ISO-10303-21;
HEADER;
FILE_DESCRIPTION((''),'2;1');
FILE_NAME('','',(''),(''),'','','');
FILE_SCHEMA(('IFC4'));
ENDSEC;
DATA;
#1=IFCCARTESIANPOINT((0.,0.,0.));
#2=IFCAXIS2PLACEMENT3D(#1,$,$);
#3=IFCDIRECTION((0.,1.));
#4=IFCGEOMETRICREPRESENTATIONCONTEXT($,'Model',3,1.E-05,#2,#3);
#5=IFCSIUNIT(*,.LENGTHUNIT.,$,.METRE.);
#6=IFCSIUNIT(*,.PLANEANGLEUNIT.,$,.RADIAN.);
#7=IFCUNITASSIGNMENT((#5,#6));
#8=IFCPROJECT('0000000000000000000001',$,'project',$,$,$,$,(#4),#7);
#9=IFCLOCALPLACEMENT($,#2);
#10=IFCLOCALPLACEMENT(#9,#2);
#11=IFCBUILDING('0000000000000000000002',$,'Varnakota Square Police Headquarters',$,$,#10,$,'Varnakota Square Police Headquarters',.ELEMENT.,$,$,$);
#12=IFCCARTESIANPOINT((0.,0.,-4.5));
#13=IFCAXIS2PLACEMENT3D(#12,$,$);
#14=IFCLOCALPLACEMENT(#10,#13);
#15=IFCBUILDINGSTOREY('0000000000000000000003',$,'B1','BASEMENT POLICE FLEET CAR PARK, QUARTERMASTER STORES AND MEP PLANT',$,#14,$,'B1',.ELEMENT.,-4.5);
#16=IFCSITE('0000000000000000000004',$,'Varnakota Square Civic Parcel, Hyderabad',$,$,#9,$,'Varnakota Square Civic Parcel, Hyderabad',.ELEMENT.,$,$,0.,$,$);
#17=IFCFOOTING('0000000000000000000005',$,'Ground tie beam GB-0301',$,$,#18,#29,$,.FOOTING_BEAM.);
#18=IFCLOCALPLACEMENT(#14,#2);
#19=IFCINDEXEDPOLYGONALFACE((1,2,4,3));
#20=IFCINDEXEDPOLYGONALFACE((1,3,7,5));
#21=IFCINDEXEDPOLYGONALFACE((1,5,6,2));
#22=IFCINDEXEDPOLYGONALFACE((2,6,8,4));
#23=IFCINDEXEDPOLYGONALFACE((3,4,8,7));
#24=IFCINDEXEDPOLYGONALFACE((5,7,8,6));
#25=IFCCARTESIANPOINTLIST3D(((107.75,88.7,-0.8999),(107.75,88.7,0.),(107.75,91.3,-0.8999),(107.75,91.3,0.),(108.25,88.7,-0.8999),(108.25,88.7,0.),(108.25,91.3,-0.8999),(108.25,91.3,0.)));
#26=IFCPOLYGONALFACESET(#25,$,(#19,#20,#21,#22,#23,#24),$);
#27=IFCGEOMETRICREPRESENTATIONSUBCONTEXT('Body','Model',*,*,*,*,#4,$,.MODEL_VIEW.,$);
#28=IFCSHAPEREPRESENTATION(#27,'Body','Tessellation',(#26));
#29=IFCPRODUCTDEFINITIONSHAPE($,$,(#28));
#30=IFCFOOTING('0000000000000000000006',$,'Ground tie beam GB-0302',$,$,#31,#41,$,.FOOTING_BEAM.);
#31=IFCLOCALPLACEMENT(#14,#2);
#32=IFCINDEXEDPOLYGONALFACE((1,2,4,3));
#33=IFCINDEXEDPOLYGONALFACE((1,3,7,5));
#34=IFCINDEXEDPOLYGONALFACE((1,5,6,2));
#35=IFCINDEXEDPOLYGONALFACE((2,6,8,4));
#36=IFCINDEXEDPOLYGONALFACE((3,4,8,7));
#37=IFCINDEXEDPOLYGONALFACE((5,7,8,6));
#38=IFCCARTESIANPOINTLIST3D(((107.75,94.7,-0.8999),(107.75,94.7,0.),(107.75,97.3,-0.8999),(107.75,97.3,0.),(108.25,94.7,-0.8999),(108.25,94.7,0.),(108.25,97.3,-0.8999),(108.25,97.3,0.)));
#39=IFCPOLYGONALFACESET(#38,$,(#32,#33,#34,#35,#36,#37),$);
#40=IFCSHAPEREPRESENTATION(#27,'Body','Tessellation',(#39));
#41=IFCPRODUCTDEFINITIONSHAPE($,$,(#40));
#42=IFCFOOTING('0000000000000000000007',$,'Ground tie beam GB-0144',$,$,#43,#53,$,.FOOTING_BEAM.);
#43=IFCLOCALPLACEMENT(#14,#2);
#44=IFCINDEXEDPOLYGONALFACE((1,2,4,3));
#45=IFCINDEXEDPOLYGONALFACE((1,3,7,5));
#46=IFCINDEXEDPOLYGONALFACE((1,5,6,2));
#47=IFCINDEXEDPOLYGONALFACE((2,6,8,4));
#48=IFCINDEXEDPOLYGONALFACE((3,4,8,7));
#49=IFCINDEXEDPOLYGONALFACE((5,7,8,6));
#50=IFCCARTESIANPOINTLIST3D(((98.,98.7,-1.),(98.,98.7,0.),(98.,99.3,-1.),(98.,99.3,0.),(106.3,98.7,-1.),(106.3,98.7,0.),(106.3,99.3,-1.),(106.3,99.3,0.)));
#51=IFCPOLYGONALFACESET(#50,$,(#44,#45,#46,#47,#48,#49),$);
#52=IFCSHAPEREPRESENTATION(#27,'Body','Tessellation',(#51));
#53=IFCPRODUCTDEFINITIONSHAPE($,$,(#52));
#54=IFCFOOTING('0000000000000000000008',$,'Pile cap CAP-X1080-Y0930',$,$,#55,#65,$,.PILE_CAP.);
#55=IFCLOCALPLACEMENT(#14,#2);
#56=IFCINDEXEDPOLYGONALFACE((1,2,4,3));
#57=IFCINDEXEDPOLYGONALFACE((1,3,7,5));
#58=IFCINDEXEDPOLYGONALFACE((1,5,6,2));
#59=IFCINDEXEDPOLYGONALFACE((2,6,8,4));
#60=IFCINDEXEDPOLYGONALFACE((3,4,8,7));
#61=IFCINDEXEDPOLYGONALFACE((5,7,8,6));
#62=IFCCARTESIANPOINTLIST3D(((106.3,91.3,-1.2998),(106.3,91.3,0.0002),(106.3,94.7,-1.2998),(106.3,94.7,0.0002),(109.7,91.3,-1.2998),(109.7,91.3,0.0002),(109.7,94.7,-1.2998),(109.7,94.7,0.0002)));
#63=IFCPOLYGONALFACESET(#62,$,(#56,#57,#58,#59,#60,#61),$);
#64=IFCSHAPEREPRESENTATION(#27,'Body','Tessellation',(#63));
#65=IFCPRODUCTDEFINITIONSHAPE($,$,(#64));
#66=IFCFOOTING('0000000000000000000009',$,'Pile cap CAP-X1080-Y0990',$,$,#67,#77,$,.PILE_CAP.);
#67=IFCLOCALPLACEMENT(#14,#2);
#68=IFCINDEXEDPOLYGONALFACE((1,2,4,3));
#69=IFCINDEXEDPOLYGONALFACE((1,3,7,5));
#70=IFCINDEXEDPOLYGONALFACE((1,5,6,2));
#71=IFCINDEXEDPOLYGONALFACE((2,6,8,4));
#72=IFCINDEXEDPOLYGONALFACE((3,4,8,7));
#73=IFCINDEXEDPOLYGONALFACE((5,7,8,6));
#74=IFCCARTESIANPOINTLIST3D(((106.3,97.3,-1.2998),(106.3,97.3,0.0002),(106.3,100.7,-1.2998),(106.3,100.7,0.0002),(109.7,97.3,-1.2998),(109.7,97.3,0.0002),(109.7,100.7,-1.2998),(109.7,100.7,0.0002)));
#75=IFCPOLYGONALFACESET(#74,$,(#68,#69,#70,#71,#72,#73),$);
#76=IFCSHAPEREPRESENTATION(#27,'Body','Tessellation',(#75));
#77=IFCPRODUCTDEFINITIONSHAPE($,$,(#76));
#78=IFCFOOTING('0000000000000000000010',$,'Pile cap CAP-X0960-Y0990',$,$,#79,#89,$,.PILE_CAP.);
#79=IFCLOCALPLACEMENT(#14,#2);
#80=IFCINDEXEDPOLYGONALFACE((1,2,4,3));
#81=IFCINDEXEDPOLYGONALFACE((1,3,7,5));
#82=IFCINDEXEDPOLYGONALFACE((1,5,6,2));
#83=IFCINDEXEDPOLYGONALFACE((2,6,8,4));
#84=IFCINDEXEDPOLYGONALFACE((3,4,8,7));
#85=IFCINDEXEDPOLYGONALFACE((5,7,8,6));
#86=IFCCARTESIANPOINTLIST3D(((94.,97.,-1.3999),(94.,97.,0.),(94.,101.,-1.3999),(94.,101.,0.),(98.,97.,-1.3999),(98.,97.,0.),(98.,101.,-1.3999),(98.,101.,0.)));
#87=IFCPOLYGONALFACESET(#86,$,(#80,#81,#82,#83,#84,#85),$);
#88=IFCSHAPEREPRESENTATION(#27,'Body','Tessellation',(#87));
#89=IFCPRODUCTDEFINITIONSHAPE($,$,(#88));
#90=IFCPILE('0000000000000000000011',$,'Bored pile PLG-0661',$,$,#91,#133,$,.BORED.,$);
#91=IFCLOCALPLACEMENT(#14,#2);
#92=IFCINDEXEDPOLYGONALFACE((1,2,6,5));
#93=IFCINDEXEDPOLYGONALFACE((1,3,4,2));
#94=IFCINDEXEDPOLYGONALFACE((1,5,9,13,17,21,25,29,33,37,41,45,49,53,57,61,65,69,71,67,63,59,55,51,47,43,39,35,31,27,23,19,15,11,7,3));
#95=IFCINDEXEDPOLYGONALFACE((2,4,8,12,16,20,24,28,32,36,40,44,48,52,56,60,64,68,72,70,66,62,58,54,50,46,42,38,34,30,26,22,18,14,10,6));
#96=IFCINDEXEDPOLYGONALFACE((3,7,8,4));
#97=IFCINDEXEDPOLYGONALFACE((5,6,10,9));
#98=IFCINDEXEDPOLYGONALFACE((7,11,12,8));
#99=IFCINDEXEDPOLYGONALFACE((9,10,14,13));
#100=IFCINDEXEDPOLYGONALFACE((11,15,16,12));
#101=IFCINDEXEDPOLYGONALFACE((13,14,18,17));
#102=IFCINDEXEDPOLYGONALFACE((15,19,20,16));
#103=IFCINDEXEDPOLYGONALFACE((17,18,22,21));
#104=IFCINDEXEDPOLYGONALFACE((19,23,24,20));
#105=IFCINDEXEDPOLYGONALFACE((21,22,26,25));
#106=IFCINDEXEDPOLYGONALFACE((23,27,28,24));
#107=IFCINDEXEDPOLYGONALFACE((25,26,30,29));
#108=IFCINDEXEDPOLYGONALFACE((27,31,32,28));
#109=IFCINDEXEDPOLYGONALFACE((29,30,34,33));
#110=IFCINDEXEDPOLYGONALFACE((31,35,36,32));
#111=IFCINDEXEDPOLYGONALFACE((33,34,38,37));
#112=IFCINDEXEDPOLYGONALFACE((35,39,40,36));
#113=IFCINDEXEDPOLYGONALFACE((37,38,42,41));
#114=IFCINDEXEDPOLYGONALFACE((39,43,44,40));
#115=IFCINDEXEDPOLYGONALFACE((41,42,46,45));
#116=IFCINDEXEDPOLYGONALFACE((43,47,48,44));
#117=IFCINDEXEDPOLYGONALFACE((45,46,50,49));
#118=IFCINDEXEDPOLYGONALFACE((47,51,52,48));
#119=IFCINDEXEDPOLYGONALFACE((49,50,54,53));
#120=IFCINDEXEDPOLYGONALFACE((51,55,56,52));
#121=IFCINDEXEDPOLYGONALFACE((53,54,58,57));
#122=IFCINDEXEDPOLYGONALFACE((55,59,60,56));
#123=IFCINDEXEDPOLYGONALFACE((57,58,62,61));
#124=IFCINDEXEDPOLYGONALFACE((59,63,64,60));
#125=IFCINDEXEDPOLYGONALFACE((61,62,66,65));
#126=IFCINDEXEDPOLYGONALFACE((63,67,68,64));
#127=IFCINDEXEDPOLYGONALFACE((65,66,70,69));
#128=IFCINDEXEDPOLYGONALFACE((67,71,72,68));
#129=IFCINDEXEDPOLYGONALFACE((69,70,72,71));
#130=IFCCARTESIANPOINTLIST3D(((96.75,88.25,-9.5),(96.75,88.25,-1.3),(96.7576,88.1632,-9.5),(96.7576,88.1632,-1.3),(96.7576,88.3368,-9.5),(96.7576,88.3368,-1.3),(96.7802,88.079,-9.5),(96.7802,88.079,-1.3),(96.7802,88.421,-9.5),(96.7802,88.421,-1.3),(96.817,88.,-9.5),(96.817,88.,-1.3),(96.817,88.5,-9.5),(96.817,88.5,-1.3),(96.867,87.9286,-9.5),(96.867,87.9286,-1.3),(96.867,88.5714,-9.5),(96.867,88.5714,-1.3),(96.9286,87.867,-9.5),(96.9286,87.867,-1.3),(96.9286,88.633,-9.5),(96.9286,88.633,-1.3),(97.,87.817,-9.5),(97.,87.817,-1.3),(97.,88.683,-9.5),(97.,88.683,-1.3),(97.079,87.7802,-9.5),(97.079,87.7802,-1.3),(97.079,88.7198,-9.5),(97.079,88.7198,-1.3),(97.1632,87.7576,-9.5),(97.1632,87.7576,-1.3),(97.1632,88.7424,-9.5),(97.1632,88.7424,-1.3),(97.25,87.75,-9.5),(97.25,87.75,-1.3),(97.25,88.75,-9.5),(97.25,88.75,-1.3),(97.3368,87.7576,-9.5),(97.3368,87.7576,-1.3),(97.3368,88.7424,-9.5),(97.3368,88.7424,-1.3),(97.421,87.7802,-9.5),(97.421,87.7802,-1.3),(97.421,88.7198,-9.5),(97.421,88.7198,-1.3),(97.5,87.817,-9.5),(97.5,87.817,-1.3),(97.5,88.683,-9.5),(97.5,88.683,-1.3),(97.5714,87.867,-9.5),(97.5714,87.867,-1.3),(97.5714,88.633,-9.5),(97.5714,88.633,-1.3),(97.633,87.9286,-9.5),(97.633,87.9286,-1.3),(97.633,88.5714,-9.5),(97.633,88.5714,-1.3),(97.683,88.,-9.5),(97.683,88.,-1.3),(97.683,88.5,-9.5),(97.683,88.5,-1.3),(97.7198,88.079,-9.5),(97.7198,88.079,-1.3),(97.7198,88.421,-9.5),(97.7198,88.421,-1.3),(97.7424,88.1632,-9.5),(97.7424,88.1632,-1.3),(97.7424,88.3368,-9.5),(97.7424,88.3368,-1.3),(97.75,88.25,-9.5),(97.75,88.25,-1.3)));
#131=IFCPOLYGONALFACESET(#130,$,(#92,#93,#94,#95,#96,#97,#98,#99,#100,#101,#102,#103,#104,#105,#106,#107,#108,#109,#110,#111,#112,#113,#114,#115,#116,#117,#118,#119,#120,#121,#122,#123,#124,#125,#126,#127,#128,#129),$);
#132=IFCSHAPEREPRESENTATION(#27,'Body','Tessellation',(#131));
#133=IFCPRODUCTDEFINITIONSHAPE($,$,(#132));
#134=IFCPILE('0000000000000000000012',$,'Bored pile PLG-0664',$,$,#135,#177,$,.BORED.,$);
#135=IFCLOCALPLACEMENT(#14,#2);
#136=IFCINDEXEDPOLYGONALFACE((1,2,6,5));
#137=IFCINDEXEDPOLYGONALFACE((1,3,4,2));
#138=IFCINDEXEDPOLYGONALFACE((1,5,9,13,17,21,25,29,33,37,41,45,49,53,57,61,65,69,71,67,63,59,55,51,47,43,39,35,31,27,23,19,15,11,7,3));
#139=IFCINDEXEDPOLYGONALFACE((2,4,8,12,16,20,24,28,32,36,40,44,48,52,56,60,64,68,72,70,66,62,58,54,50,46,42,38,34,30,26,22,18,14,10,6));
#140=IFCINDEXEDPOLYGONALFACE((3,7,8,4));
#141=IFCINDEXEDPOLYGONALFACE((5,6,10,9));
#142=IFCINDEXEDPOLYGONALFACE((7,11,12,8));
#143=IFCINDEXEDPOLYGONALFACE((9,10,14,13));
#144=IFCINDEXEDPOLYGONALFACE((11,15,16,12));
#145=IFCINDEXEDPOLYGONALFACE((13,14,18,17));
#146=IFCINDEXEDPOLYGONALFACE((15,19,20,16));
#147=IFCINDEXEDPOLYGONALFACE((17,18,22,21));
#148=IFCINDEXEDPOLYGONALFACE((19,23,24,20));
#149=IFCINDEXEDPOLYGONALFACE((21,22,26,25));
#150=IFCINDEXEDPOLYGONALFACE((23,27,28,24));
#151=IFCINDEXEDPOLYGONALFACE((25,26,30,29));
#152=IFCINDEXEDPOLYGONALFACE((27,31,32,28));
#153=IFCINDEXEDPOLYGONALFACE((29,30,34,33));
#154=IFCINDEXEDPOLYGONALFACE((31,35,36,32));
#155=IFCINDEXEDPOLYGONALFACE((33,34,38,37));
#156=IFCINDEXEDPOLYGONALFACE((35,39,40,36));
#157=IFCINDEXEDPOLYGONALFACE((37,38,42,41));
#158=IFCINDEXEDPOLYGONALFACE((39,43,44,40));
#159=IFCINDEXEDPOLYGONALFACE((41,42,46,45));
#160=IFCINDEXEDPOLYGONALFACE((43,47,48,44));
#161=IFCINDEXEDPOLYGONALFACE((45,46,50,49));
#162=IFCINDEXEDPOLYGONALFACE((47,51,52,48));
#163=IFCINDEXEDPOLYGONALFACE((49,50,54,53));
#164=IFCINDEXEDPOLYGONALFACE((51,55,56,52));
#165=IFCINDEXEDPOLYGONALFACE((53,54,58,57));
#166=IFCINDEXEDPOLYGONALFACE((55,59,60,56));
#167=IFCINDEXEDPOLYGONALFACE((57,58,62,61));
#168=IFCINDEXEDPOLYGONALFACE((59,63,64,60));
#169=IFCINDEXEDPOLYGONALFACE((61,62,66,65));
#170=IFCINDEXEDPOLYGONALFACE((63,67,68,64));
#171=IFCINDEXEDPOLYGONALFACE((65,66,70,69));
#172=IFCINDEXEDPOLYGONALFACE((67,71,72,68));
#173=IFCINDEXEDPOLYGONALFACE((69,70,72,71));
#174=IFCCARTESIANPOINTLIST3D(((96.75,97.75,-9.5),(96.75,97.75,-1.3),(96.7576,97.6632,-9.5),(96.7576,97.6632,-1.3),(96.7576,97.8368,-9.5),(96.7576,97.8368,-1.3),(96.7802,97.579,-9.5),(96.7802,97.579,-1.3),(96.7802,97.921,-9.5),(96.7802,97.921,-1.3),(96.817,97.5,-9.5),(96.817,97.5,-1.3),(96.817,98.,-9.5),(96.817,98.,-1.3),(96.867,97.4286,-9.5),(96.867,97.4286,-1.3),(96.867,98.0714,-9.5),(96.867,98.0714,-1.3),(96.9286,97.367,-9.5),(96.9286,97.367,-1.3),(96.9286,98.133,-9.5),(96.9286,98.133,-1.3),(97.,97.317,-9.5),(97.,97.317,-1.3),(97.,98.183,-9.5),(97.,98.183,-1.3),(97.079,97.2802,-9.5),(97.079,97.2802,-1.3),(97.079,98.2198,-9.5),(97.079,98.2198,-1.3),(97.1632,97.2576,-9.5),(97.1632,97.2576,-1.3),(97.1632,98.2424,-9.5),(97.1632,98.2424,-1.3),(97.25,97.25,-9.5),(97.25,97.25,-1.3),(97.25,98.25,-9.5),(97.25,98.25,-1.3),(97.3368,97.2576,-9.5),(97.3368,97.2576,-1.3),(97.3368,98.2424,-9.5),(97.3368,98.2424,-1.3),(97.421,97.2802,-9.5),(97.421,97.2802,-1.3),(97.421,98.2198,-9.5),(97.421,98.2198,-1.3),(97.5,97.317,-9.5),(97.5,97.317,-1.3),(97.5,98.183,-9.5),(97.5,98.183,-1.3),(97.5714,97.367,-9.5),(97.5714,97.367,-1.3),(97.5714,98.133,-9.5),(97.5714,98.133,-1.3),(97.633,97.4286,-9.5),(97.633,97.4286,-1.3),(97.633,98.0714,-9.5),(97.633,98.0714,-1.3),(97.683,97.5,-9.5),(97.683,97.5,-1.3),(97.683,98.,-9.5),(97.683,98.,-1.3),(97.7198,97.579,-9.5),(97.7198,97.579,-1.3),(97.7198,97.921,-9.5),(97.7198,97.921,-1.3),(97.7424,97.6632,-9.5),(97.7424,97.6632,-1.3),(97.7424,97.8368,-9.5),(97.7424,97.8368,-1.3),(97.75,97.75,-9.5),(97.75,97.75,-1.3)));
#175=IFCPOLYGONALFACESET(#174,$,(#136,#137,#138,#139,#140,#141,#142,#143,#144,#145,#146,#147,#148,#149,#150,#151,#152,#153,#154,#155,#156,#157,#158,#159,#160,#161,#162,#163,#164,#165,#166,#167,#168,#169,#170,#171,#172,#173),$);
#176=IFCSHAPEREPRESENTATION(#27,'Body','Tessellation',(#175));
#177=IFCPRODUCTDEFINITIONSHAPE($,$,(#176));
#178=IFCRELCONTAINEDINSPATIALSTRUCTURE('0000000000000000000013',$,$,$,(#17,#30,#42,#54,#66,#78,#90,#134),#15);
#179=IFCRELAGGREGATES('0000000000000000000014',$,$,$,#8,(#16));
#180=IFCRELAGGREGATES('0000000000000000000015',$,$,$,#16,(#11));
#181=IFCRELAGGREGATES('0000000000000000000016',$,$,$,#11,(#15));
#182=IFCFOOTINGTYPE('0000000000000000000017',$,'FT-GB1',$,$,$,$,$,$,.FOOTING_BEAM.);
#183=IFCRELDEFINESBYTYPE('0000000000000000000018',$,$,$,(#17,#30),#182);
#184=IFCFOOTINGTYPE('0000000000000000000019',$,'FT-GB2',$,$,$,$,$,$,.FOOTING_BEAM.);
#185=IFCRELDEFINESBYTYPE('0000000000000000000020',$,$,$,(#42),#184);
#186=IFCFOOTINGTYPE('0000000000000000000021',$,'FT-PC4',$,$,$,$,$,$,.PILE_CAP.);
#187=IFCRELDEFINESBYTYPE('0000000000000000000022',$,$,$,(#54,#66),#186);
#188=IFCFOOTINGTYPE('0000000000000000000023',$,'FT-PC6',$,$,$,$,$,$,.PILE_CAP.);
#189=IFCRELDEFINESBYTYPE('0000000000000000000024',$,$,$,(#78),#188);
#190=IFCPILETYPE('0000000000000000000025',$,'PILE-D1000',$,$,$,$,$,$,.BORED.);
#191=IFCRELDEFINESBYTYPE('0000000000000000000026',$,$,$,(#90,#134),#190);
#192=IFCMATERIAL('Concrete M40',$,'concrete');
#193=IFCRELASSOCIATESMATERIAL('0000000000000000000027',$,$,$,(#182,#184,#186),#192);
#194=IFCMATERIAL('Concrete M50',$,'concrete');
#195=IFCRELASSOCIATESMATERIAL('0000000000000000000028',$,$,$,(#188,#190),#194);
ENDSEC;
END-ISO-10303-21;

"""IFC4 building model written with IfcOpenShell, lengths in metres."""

from ifc_helpers import new_model, si_unit, direction, frame, origin, origin_2d, place, context, subcontext, project, spatial, rectangle, circle, extrude, material, material_profile, profile_set, type_object, element, save


model = new_model("IFC4")

# Units and contexts
model_context = context("Model", 3, precision=1e-05, world=origin(), true_north=direction((0.0, 1.0)))
body_context = subcontext(model_context, "Body", "Model", "MODEL_VIEW")
ifc_project = project(units=[si_unit("LENGTHUNIT", "METRE"), si_unit("PLANEANGLEUNIT", "RADIAN")], contexts=[model_context])

# Site, building, storey
site_placement = place(None, origin())
site = spatial("IfcSite", under=ifc_project, at=site_placement, Name="Varnakota Square Civic Parcel, Hyderabad", LongName="Varnakota Square Civic Parcel, Hyderabad", CompositionType="ELEMENT", RefElevation=0.0)
building_placement = place(site_placement, origin())
building = spatial("IfcBuilding", under=site, at=building_placement, Name="Varnakota Square Police Headquarters", LongName="Varnakota Square Police Headquarters", CompositionType="ELEMENT")
storey_placement = place(building_placement, frame((0.0, 0.0, -4.5)))
storey = spatial("IfcBuildingStorey", under=building, at=storey_placement, Name="B1", Description="BASEMENT POLICE FLEET CAR PARK, QUARTERMASTER STORES AND MEP PLANT", LongName="B1", CompositionType="ELEMENT", Elevation=-4.5)

# Footings
ifc_material_1 = material(Name="Concrete M40", Category="concrete")
ifc_material_profile_1 = material_profile(ifc_material_1, rectangle(XDim=0.5, YDim=0.8999, at=origin_2d()), Name="GB 500x900")
ifc_profile_set_1 = profile_set([ifc_material_profile_1], Name="Concrete M40")
footing_type_1 = type_object("IfcFootingType", Name="FT-GB1", PredefinedType="FOOTING_BEAM", material=ifc_profile_set_1)
for number, where, z_axis, x_axis, name in (
    (1, (108.0, 88.7, -0.45), (0.0, 1.0, 0.0), (-1.0, 0.0, 0.0), "Ground tie beam GB-0301"),
    (2, (108.0, 94.7, -0.45), (0.0, 1.0, 0.0), (-1.0, 0.0, 0.0), "Ground tie beam GB-0302"),
):
    element("IfcFooting", number, at=place(storey_placement, frame(where, z_axis=z_axis, x_axis=x_axis)), inside=storey, type_object=footing_type_1, Name=name, PredefinedType="FOOTING_BEAM", context=body_context, shape_type="SweptSolid", body=[
        extrude(rectangle(XDim=0.5, YDim=0.8999, at=origin_2d()), origin(), (0.0, 0.0, 1.0), 2.6001),
    ])
ifc_material_profile_2 = material_profile(ifc_material_1, rectangle(XDim=0.6001, YDim=1.0, at=origin_2d()), Name="GB 600x1000")
ifc_profile_set_2 = profile_set([ifc_material_profile_2], Name="Concrete M40")
footing_type_2 = type_object("IfcFootingType", Name="FT-GB2", PredefinedType="FOOTING_BEAM", material=ifc_profile_set_2)
footing_1_placement = place(storey_placement, frame((98.0, 99.0, -0.5), z_axis=(1.0, 0.0, 0.0), x_axis=(0.0, 1.0, 0.0)))
element("IfcFooting", 3, at=footing_1_placement, inside=storey, type_object=footing_type_2, Name="Ground tie beam GB-0144", PredefinedType="FOOTING_BEAM", context=body_context, shape_type="SweptSolid", body=[
    extrude(rectangle(XDim=0.6001, YDim=1.0, at=origin_2d()), origin(), (0.0, 0.0, 1.0), 8.3),
])
footing_type_3 = type_object("IfcFootingType", Name="FT-PC4", PredefinedType="PILE_CAP", material=ifc_material_1)
for number, where, z_axis, x_axis, name in (
    (4, (108.0, 93.0, -1.2998), (0.0, 0.0, 1.0), (1.0, 0.0, 0.0), "Pile cap CAP-X1080-Y0930"),
    (5, (108.0, 99.0, -1.2998), (0.0, 0.0, 1.0), (1.0, 0.0, 0.0), "Pile cap CAP-X1080-Y0990"),
):
    element("IfcFooting", number, at=place(storey_placement, frame(where, z_axis=z_axis, x_axis=x_axis)), inside=storey, type_object=footing_type_3, Name=name, PredefinedType="PILE_CAP", context=body_context, shape_type="SweptSolid", body=[
        extrude(rectangle(XDim=3.3999, YDim=3.3999, at=origin_2d()), origin(), (0.0, 0.0, 1.0), 1.3),
    ])
ifc_material_2 = material(Name="Concrete M50", Category="concrete")
footing_type_4 = type_object("IfcFootingType", Name="FT-PC6", PredefinedType="PILE_CAP", material=ifc_material_2)
footing_2_placement = place(storey_placement, frame((96.0, 99.0, -1.3999), z_axis=(0.0, 0.0, 1.0), x_axis=(1.0, 0.0, 0.0)))
element("IfcFooting", 6, at=footing_2_placement, inside=storey, type_object=footing_type_4, Name="Pile cap CAP-X0960-Y0990", PredefinedType="PILE_CAP", context=body_context, shape_type="SweptSolid", body=[
    extrude(rectangle(XDim=4.0, YDim=4.0, at=origin_2d()), origin(), (0.0, 0.0, 1.0), 1.3999),
])

# Piles
ifc_material_profile_3 = material_profile(ifc_material_2, circle(Radius=0.5, at=origin_2d()), Name="BORED PILE 1000")
ifc_profile_set_3 = profile_set([ifc_material_profile_3], Name="Concrete M50")
pile_type_1 = type_object("IfcPileType", Name="PILE-D1000", PredefinedType="BORED", material=ifc_profile_set_3)
for number, where, z_axis, x_axis, name in (
    (7, (97.25, 88.25, -1.3), (0.0, 0.0, -1.0), (1.0, 0.0, 0.0), "Bored pile PLG-0661"),
    (8, (97.25, 97.75, -1.3), (0.0, 0.0, -1.0), (1.0, 0.0, 0.0), "Bored pile PLG-0664"),
):
    element("IfcPile", number, at=place(storey_placement, frame(where, z_axis=z_axis, x_axis=x_axis)), inside=storey, type_object=pile_type_1, Name=name, PredefinedType="BORED", context=body_context, shape_type="SweptSolid", body=[
        extrude(circle(Radius=0.5, at=origin_2d()), origin(), (0.0, 0.0, 1.0), 8.2),
    ])

save(model, "model.ifc")
